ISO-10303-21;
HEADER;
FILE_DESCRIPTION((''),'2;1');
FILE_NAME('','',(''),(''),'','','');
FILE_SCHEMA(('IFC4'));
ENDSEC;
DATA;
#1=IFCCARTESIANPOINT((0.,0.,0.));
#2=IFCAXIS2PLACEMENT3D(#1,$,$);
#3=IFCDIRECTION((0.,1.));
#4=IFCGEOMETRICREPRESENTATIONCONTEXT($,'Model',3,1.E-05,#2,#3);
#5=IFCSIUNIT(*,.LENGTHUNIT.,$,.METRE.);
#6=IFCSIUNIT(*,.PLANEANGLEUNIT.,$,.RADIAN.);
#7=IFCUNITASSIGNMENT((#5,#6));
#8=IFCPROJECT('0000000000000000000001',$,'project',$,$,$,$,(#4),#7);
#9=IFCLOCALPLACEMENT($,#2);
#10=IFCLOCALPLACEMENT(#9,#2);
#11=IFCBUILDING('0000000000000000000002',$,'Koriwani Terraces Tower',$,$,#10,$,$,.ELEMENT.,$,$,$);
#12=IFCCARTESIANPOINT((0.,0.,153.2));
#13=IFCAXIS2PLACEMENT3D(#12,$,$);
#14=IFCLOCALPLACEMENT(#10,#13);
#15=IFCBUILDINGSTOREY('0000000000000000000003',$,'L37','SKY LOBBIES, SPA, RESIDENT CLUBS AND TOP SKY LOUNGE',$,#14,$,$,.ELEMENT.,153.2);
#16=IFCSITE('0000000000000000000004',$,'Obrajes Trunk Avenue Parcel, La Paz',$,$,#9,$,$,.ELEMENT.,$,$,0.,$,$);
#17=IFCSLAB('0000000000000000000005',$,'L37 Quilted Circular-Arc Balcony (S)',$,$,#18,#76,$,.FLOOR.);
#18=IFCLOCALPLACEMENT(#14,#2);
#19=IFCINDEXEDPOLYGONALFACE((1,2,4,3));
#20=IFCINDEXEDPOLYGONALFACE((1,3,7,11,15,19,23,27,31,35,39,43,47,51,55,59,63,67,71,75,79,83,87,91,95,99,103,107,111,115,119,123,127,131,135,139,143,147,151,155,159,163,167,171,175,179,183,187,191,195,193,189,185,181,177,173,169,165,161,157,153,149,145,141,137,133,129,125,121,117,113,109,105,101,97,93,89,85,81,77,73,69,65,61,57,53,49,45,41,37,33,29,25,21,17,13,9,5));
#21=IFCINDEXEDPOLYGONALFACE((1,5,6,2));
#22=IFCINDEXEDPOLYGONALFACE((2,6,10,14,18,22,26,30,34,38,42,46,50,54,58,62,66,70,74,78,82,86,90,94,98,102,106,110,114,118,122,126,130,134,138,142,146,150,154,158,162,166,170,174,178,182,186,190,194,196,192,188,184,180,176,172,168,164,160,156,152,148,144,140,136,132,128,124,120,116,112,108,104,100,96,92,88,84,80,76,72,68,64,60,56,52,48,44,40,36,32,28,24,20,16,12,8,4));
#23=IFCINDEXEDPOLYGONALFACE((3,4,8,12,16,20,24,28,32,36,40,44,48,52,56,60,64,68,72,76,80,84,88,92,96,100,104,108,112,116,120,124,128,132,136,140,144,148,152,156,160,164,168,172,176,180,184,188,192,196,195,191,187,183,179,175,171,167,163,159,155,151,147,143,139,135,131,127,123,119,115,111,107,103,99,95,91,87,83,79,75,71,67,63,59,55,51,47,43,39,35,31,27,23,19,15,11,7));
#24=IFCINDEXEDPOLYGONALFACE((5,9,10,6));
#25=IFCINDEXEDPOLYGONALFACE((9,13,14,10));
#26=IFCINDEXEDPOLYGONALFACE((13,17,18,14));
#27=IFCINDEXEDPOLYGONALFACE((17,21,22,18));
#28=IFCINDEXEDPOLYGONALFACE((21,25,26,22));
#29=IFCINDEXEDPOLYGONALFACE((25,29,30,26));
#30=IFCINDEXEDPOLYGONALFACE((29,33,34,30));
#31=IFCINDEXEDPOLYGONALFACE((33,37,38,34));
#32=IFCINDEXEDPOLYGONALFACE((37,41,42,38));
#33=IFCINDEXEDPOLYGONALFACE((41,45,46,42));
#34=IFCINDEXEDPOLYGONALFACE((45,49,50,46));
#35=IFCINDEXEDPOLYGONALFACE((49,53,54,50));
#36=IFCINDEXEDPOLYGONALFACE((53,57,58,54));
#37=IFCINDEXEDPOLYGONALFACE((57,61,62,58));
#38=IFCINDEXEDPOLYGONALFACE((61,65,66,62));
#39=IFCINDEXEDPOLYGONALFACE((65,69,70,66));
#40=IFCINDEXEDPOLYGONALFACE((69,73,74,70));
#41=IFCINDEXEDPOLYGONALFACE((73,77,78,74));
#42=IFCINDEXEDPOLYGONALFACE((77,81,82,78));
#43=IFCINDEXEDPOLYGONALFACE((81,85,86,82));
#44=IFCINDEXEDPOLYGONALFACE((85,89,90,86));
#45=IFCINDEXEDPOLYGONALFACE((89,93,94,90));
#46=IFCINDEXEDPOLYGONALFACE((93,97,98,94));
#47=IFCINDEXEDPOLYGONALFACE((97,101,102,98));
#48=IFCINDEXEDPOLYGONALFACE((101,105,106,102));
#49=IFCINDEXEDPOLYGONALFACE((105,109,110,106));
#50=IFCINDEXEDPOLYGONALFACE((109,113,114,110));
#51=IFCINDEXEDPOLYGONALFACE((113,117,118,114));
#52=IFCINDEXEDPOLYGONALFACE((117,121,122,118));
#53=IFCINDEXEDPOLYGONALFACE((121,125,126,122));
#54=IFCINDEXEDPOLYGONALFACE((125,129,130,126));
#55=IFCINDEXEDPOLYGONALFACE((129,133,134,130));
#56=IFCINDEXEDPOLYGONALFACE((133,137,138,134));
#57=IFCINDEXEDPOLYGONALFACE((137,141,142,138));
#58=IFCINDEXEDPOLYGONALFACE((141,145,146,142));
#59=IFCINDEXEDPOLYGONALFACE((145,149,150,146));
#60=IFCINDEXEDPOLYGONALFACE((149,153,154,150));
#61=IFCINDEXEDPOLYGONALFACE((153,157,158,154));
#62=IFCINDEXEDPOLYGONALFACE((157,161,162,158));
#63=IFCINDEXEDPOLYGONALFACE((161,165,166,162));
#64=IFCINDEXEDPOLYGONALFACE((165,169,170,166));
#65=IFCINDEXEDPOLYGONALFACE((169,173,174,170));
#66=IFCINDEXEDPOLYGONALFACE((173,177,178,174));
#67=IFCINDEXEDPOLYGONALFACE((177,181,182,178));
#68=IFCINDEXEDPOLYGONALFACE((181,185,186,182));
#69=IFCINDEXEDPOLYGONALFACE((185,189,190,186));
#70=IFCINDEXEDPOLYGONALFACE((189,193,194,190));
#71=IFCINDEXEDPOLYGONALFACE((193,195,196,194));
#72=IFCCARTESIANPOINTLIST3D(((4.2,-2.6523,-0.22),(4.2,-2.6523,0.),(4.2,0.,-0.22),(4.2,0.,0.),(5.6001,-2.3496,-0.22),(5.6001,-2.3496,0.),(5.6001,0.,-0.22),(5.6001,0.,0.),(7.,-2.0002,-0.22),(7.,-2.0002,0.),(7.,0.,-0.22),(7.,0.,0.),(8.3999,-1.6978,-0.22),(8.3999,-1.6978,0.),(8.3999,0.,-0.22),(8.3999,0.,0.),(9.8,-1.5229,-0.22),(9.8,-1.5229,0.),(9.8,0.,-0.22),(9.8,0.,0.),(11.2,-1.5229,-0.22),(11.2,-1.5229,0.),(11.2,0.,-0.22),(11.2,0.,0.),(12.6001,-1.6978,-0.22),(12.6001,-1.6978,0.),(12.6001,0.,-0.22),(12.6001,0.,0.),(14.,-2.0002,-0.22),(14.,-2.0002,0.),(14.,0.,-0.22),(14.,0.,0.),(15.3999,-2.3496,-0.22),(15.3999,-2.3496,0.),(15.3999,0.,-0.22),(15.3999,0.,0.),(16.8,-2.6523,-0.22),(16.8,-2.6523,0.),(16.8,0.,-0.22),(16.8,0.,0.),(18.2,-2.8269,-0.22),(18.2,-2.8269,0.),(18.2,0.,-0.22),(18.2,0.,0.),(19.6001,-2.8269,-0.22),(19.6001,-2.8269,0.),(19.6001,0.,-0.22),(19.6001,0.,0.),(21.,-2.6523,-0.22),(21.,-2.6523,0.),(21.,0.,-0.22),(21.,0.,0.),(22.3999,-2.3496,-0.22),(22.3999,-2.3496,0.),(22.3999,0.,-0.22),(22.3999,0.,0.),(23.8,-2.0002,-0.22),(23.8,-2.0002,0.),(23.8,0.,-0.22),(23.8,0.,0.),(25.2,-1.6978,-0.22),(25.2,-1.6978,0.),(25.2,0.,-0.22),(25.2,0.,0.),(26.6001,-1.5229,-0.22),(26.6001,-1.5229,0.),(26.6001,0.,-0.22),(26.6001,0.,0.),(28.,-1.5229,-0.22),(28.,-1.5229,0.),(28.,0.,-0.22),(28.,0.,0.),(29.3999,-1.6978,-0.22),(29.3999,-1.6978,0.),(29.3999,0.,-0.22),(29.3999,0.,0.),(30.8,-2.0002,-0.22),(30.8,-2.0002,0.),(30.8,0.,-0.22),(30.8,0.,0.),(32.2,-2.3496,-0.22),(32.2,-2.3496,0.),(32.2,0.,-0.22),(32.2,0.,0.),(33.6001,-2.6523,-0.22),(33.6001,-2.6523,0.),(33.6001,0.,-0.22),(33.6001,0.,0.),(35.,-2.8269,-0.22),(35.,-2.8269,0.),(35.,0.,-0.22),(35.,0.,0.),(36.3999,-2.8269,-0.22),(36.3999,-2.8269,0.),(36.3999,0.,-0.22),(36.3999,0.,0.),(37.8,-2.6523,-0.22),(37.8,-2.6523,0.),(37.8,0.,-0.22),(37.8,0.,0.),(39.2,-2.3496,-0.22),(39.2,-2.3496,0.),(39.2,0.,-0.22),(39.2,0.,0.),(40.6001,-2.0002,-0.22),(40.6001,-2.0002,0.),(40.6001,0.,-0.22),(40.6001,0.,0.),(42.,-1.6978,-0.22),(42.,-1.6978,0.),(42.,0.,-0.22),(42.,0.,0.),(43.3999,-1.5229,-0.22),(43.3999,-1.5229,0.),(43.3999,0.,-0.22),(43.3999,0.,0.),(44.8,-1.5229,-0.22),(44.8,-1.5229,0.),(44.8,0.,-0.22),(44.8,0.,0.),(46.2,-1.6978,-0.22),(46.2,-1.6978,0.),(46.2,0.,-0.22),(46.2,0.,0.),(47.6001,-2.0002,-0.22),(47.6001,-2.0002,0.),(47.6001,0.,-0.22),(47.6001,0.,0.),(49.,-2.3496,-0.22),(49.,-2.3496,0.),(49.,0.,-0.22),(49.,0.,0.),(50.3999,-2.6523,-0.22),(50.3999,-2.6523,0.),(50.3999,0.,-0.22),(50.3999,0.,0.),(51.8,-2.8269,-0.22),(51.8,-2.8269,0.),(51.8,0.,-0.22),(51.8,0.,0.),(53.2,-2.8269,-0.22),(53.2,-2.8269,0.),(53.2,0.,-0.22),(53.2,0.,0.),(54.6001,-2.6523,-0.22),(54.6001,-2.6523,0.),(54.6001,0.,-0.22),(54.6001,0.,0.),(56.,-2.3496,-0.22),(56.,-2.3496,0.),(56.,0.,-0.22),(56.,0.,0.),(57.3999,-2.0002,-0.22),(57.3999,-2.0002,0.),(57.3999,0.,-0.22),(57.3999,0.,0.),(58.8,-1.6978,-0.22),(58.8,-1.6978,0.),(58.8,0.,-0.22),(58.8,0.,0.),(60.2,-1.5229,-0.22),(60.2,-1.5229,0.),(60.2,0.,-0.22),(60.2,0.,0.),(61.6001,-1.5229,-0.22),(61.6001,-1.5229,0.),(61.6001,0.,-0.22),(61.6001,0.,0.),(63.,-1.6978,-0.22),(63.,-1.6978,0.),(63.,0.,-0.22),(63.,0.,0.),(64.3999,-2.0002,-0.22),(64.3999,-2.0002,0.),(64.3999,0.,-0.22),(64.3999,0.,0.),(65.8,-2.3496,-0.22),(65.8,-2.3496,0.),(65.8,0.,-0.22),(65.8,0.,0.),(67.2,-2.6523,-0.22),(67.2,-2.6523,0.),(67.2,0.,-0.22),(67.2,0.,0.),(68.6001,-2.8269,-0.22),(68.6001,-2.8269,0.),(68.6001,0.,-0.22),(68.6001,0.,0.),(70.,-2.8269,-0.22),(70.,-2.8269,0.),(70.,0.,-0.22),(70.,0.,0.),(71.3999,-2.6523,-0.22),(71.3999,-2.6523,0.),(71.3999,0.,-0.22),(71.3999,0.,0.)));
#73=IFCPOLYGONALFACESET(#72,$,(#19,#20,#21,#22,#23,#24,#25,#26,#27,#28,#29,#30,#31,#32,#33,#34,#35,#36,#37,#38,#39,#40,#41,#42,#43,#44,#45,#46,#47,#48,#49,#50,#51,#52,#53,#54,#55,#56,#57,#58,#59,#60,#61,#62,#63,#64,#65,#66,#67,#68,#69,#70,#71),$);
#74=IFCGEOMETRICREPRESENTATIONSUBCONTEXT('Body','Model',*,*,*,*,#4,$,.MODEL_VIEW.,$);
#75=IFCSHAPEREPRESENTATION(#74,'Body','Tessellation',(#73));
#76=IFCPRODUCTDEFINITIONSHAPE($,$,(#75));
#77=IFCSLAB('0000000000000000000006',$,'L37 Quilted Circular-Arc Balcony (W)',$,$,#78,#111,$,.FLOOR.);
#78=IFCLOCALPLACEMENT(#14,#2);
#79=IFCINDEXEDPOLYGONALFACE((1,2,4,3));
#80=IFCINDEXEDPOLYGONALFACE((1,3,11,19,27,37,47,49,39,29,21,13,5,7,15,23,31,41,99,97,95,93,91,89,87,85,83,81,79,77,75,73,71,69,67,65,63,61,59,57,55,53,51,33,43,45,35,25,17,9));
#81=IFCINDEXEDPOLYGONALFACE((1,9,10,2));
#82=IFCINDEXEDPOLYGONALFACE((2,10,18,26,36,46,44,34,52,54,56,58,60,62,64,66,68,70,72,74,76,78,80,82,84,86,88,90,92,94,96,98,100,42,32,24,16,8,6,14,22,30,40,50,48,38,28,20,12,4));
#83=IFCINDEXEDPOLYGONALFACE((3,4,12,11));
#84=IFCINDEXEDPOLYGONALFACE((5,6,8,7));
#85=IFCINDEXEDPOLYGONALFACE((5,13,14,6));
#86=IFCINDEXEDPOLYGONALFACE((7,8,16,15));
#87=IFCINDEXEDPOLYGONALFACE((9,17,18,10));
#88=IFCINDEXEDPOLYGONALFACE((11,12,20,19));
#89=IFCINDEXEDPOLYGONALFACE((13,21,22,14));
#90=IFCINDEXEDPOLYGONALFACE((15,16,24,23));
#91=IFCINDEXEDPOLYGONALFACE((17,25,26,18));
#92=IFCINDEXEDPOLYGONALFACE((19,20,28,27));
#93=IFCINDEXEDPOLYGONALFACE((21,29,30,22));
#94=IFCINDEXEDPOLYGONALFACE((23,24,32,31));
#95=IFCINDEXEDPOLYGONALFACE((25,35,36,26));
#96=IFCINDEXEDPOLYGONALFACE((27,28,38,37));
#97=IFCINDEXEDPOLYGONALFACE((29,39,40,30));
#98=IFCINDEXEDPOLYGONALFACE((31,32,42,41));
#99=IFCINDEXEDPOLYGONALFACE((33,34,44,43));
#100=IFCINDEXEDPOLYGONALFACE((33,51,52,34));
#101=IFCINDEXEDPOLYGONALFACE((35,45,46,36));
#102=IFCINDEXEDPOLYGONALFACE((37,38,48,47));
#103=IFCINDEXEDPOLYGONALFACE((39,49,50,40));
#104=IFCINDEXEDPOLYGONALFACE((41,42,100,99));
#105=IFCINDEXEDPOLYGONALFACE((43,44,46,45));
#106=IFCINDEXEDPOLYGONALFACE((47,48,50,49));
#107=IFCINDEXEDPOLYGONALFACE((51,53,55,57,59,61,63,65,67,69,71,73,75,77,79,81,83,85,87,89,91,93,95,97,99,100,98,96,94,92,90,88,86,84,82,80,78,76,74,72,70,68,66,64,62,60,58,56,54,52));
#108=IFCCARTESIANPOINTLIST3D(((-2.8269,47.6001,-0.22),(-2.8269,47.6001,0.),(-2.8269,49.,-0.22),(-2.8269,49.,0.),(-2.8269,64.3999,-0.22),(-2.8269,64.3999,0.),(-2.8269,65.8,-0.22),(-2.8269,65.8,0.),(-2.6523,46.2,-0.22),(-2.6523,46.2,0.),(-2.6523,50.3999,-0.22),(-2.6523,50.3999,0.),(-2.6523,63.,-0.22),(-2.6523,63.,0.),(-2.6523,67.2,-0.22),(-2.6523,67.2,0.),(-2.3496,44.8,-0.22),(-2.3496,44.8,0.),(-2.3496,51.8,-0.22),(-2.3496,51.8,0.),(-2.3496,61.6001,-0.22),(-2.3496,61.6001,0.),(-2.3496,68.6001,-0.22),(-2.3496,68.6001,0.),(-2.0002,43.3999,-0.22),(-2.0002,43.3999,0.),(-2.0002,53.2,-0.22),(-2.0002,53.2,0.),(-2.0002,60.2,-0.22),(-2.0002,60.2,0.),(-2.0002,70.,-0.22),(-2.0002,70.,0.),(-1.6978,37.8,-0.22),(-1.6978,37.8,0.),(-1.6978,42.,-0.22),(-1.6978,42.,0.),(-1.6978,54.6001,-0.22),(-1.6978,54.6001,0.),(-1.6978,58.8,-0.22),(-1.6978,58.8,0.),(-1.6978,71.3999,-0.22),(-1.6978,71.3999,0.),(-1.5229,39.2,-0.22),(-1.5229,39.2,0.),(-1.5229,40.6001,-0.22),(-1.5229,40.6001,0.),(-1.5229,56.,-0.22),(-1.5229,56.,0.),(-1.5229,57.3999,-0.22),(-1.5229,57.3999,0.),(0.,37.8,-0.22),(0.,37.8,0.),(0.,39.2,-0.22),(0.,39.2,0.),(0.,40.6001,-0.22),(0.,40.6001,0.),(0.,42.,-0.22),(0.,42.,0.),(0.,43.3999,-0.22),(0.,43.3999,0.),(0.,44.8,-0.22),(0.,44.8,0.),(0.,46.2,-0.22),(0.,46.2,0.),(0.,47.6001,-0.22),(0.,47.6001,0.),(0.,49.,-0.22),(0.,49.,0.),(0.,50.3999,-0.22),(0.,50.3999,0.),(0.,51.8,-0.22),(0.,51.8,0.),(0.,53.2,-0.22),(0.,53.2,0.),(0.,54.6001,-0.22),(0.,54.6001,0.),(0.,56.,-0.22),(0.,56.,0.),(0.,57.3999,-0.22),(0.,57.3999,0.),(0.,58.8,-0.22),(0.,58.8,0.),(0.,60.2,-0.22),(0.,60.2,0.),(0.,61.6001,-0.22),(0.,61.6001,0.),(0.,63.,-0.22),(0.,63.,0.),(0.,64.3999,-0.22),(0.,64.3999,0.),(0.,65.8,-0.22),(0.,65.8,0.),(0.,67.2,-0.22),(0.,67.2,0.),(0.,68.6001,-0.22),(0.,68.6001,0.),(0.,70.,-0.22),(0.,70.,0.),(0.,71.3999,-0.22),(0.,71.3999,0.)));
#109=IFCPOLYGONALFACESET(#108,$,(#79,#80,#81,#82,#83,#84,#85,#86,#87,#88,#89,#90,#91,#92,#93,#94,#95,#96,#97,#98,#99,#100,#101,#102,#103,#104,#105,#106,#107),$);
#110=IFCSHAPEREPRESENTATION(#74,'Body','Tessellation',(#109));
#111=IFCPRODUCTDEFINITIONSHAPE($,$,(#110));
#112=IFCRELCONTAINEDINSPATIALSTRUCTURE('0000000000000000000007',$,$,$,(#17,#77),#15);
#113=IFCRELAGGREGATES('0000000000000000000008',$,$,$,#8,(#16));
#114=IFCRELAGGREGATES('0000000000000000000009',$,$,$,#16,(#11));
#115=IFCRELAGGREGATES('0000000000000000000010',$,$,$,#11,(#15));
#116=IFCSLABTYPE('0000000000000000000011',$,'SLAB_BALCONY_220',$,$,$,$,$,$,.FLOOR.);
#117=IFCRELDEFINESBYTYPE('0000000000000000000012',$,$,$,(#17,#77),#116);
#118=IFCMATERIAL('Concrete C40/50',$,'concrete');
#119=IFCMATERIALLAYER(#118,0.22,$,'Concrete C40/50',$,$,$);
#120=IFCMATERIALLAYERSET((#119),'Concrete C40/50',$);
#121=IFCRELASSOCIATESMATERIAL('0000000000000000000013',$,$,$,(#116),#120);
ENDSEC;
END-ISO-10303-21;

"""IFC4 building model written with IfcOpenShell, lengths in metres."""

from ifc_helpers import new_model, si_unit, direction, frame, origin, place, context, subcontext, project, spatial, polyline, outline, extrude, material, layer, layer_set, type_object, element, save


model = new_model("IFC4")

# Units and contexts
model_context = context("Model", 3, precision=1e-05, world=origin(), true_north=direction((0.0, 1.0)))
body_context = subcontext(model_context, "Body", "Model", "MODEL_VIEW")
ifc_project = project(units=[si_unit("LENGTHUNIT", "METRE"), si_unit("PLANEANGLEUNIT", "RADIAN")], contexts=[model_context])

# Site, building, storey
site_placement = place(None, origin())
site = spatial("IfcSite", under=ifc_project, at=site_placement, Name="Obrajes Trunk Avenue Parcel, La Paz", CompositionType="ELEMENT", RefElevation=0.0)
building_placement = place(site_placement, origin())
building = spatial("IfcBuilding", under=site, at=building_placement, Name="Koriwani Terraces Tower", CompositionType="ELEMENT")
storey_placement = place(building_placement, frame((0.0, 0.0, 153.2)))
storey = spatial("IfcBuildingStorey", under=building, at=storey_placement, Name="L37", Description="SKY LOBBIES, SPA, RESIDENT CLUBS AND TOP SKY LOUNGE", CompositionType="ELEMENT", Elevation=153.2)

# Shared definitions
ifc_material_1 = material(Name="Concrete C40/50", Category="concrete")

# Slabs
ifc_layer_1 = layer(ifc_material_1, 0.22, Name="Concrete C40/50")
ifc_layer_set_1 = layer_set([ifc_layer_1], Name="Concrete C40/50")
slab_type_1 = type_object("IfcSlabType", Name="SLAB_BALCONY_220", PredefinedType="FLOOR", material=ifc_layer_set_1)
slab_1_placement = place(storey_placement, frame((0.0, 0.0, -0.22)))
element("IfcSlab", 1, at=slab_1_placement, inside=storey, type_object=slab_type_1, Name="L37 Quilted Circular-Arc Balcony (S)", PredefinedType="FLOOR", context=body_context, shape_type="SweptSolid", body=[
    extrude(outline(polyline([(4.2, 0.0), (5.6001, 0.0), (7.0, 0.0), (8.3999, 0.0), (9.8, 0.0), (11.2, 0.0), (12.6001, 0.0), (14.0, 0.0), (15.3999, 0.0), (16.8, 0.0), (18.2, 0.0), (19.6001, 0.0), (21.0, 0.0), (22.3999, 0.0), (23.8, 0.0), (25.2, 0.0), (26.6001, 0.0), (28.0, 0.0), (29.3999, 0.0), (30.8, 0.0), (32.2, 0.0), (33.6001, 0.0), (35.0, 0.0), (36.3999, 0.0), (37.8, 0.0), (39.2, 0.0), (40.6001, 0.0), (42.0, 0.0), (43.3999, 0.0), (44.8, 0.0), (46.2, 0.0), (47.6001, 0.0), (49.0, 0.0), (50.3999, 0.0), (51.8, 0.0), (53.2, 0.0), (54.6001, 0.0), (56.0, 0.0), (57.3999, 0.0), (58.8, 0.0), (60.2, 0.0), (61.6001, 0.0), (63.0, 0.0), (64.3999, 0.0), (65.8, 0.0), (67.2, 0.0), (68.6001, 0.0), (70.0, 0.0), (71.3999, 0.0), (71.3999, -2.6523), (70.0, -2.8269), (68.6001, -2.8269), (67.2, -2.6523), (65.8, -2.3496), (64.3999, -2.0002), (63.0, -1.6978), (61.6001, -1.5229), (60.2, -1.5229), (58.8, -1.6978), (57.3999, -2.0002), (56.0, -2.3496), (54.6001, -2.6523), (53.2, -2.8269), (51.8, -2.8269), (50.3999, -2.6523), (49.0, -2.3496), (47.6001, -2.0002), (46.2, -1.6978), (44.8, -1.5229), (43.3999, -1.5229), (42.0, -1.6978), (40.6001, -2.0002), (39.2, -2.3496), (37.8, -2.6523), (36.3999, -2.8269), (35.0, -2.8269), (33.6001, -2.6523), (32.2, -2.3496), (30.8, -2.0002), (29.3999, -1.6978), (28.0, -1.5229), (26.6001, -1.5229), (25.2, -1.6978), (23.8, -2.0002), (22.3999, -2.3496), (21.0, -2.6523), (19.6001, -2.8269), (18.2, -2.8269), (16.8, -2.6523), (15.3999, -2.3496), (14.0, -2.0002), (12.6001, -1.6978), (11.2, -1.5229), (9.8, -1.5229), (8.3999, -1.6978), (7.0, -2.0002), (5.6001, -2.3496), (4.2, -2.6523), (4.2, 0.0)])), origin(), (0.0, 0.0, 1.0), 0.22),
])
slab_2_placement = place(storey_placement, frame((0.0, 0.0, -0.22)))
element("IfcSlab", 2, at=slab_2_placement, inside=storey, type_object=slab_type_1, Name="L37 Quilted Circular-Arc Balcony (W)", PredefinedType="FLOOR", context=body_context, shape_type="SweptSolid", body=[
    extrude(outline(polyline([(0.0, 37.8), (0.0, 39.2), (0.0, 40.6001), (0.0, 42.0), (0.0, 43.3999), (0.0, 44.8), (0.0, 46.2), (0.0, 47.6001), (0.0, 49.0), (0.0, 50.3999), (0.0, 51.8), (0.0, 53.2), (0.0, 54.6001), (0.0, 56.0), (0.0, 57.3999), (0.0, 58.8), (0.0, 60.2), (0.0, 61.6001), (0.0, 63.0), (0.0, 64.3999), (0.0, 65.8), (0.0, 67.2), (0.0, 68.6001), (0.0, 70.0), (0.0, 71.3999), (-1.6978, 71.3999), (-2.0002, 70.0), (-2.3496, 68.6001), (-2.6523, 67.2), (-2.8269, 65.8), (-2.8269, 64.3999), (-2.6523, 63.0), (-2.3496, 61.6001), (-2.0002, 60.2), (-1.6978, 58.8), (-1.5229, 57.3999), (-1.5229, 56.0), (-1.6978, 54.6001), (-2.0002, 53.2), (-2.3496, 51.8), (-2.6523, 50.3999), (-2.8269, 49.0), (-2.8269, 47.6001), (-2.6523, 46.2), (-2.3496, 44.8), (-2.0002, 43.3999), (-1.6978, 42.0), (-1.5229, 40.6001), (-1.5229, 39.2), (-1.6978, 37.8), (0.0, 37.8)])), origin(), (0.0, 0.0, 1.0), 0.22),
])

save(model, "model.ifc")
